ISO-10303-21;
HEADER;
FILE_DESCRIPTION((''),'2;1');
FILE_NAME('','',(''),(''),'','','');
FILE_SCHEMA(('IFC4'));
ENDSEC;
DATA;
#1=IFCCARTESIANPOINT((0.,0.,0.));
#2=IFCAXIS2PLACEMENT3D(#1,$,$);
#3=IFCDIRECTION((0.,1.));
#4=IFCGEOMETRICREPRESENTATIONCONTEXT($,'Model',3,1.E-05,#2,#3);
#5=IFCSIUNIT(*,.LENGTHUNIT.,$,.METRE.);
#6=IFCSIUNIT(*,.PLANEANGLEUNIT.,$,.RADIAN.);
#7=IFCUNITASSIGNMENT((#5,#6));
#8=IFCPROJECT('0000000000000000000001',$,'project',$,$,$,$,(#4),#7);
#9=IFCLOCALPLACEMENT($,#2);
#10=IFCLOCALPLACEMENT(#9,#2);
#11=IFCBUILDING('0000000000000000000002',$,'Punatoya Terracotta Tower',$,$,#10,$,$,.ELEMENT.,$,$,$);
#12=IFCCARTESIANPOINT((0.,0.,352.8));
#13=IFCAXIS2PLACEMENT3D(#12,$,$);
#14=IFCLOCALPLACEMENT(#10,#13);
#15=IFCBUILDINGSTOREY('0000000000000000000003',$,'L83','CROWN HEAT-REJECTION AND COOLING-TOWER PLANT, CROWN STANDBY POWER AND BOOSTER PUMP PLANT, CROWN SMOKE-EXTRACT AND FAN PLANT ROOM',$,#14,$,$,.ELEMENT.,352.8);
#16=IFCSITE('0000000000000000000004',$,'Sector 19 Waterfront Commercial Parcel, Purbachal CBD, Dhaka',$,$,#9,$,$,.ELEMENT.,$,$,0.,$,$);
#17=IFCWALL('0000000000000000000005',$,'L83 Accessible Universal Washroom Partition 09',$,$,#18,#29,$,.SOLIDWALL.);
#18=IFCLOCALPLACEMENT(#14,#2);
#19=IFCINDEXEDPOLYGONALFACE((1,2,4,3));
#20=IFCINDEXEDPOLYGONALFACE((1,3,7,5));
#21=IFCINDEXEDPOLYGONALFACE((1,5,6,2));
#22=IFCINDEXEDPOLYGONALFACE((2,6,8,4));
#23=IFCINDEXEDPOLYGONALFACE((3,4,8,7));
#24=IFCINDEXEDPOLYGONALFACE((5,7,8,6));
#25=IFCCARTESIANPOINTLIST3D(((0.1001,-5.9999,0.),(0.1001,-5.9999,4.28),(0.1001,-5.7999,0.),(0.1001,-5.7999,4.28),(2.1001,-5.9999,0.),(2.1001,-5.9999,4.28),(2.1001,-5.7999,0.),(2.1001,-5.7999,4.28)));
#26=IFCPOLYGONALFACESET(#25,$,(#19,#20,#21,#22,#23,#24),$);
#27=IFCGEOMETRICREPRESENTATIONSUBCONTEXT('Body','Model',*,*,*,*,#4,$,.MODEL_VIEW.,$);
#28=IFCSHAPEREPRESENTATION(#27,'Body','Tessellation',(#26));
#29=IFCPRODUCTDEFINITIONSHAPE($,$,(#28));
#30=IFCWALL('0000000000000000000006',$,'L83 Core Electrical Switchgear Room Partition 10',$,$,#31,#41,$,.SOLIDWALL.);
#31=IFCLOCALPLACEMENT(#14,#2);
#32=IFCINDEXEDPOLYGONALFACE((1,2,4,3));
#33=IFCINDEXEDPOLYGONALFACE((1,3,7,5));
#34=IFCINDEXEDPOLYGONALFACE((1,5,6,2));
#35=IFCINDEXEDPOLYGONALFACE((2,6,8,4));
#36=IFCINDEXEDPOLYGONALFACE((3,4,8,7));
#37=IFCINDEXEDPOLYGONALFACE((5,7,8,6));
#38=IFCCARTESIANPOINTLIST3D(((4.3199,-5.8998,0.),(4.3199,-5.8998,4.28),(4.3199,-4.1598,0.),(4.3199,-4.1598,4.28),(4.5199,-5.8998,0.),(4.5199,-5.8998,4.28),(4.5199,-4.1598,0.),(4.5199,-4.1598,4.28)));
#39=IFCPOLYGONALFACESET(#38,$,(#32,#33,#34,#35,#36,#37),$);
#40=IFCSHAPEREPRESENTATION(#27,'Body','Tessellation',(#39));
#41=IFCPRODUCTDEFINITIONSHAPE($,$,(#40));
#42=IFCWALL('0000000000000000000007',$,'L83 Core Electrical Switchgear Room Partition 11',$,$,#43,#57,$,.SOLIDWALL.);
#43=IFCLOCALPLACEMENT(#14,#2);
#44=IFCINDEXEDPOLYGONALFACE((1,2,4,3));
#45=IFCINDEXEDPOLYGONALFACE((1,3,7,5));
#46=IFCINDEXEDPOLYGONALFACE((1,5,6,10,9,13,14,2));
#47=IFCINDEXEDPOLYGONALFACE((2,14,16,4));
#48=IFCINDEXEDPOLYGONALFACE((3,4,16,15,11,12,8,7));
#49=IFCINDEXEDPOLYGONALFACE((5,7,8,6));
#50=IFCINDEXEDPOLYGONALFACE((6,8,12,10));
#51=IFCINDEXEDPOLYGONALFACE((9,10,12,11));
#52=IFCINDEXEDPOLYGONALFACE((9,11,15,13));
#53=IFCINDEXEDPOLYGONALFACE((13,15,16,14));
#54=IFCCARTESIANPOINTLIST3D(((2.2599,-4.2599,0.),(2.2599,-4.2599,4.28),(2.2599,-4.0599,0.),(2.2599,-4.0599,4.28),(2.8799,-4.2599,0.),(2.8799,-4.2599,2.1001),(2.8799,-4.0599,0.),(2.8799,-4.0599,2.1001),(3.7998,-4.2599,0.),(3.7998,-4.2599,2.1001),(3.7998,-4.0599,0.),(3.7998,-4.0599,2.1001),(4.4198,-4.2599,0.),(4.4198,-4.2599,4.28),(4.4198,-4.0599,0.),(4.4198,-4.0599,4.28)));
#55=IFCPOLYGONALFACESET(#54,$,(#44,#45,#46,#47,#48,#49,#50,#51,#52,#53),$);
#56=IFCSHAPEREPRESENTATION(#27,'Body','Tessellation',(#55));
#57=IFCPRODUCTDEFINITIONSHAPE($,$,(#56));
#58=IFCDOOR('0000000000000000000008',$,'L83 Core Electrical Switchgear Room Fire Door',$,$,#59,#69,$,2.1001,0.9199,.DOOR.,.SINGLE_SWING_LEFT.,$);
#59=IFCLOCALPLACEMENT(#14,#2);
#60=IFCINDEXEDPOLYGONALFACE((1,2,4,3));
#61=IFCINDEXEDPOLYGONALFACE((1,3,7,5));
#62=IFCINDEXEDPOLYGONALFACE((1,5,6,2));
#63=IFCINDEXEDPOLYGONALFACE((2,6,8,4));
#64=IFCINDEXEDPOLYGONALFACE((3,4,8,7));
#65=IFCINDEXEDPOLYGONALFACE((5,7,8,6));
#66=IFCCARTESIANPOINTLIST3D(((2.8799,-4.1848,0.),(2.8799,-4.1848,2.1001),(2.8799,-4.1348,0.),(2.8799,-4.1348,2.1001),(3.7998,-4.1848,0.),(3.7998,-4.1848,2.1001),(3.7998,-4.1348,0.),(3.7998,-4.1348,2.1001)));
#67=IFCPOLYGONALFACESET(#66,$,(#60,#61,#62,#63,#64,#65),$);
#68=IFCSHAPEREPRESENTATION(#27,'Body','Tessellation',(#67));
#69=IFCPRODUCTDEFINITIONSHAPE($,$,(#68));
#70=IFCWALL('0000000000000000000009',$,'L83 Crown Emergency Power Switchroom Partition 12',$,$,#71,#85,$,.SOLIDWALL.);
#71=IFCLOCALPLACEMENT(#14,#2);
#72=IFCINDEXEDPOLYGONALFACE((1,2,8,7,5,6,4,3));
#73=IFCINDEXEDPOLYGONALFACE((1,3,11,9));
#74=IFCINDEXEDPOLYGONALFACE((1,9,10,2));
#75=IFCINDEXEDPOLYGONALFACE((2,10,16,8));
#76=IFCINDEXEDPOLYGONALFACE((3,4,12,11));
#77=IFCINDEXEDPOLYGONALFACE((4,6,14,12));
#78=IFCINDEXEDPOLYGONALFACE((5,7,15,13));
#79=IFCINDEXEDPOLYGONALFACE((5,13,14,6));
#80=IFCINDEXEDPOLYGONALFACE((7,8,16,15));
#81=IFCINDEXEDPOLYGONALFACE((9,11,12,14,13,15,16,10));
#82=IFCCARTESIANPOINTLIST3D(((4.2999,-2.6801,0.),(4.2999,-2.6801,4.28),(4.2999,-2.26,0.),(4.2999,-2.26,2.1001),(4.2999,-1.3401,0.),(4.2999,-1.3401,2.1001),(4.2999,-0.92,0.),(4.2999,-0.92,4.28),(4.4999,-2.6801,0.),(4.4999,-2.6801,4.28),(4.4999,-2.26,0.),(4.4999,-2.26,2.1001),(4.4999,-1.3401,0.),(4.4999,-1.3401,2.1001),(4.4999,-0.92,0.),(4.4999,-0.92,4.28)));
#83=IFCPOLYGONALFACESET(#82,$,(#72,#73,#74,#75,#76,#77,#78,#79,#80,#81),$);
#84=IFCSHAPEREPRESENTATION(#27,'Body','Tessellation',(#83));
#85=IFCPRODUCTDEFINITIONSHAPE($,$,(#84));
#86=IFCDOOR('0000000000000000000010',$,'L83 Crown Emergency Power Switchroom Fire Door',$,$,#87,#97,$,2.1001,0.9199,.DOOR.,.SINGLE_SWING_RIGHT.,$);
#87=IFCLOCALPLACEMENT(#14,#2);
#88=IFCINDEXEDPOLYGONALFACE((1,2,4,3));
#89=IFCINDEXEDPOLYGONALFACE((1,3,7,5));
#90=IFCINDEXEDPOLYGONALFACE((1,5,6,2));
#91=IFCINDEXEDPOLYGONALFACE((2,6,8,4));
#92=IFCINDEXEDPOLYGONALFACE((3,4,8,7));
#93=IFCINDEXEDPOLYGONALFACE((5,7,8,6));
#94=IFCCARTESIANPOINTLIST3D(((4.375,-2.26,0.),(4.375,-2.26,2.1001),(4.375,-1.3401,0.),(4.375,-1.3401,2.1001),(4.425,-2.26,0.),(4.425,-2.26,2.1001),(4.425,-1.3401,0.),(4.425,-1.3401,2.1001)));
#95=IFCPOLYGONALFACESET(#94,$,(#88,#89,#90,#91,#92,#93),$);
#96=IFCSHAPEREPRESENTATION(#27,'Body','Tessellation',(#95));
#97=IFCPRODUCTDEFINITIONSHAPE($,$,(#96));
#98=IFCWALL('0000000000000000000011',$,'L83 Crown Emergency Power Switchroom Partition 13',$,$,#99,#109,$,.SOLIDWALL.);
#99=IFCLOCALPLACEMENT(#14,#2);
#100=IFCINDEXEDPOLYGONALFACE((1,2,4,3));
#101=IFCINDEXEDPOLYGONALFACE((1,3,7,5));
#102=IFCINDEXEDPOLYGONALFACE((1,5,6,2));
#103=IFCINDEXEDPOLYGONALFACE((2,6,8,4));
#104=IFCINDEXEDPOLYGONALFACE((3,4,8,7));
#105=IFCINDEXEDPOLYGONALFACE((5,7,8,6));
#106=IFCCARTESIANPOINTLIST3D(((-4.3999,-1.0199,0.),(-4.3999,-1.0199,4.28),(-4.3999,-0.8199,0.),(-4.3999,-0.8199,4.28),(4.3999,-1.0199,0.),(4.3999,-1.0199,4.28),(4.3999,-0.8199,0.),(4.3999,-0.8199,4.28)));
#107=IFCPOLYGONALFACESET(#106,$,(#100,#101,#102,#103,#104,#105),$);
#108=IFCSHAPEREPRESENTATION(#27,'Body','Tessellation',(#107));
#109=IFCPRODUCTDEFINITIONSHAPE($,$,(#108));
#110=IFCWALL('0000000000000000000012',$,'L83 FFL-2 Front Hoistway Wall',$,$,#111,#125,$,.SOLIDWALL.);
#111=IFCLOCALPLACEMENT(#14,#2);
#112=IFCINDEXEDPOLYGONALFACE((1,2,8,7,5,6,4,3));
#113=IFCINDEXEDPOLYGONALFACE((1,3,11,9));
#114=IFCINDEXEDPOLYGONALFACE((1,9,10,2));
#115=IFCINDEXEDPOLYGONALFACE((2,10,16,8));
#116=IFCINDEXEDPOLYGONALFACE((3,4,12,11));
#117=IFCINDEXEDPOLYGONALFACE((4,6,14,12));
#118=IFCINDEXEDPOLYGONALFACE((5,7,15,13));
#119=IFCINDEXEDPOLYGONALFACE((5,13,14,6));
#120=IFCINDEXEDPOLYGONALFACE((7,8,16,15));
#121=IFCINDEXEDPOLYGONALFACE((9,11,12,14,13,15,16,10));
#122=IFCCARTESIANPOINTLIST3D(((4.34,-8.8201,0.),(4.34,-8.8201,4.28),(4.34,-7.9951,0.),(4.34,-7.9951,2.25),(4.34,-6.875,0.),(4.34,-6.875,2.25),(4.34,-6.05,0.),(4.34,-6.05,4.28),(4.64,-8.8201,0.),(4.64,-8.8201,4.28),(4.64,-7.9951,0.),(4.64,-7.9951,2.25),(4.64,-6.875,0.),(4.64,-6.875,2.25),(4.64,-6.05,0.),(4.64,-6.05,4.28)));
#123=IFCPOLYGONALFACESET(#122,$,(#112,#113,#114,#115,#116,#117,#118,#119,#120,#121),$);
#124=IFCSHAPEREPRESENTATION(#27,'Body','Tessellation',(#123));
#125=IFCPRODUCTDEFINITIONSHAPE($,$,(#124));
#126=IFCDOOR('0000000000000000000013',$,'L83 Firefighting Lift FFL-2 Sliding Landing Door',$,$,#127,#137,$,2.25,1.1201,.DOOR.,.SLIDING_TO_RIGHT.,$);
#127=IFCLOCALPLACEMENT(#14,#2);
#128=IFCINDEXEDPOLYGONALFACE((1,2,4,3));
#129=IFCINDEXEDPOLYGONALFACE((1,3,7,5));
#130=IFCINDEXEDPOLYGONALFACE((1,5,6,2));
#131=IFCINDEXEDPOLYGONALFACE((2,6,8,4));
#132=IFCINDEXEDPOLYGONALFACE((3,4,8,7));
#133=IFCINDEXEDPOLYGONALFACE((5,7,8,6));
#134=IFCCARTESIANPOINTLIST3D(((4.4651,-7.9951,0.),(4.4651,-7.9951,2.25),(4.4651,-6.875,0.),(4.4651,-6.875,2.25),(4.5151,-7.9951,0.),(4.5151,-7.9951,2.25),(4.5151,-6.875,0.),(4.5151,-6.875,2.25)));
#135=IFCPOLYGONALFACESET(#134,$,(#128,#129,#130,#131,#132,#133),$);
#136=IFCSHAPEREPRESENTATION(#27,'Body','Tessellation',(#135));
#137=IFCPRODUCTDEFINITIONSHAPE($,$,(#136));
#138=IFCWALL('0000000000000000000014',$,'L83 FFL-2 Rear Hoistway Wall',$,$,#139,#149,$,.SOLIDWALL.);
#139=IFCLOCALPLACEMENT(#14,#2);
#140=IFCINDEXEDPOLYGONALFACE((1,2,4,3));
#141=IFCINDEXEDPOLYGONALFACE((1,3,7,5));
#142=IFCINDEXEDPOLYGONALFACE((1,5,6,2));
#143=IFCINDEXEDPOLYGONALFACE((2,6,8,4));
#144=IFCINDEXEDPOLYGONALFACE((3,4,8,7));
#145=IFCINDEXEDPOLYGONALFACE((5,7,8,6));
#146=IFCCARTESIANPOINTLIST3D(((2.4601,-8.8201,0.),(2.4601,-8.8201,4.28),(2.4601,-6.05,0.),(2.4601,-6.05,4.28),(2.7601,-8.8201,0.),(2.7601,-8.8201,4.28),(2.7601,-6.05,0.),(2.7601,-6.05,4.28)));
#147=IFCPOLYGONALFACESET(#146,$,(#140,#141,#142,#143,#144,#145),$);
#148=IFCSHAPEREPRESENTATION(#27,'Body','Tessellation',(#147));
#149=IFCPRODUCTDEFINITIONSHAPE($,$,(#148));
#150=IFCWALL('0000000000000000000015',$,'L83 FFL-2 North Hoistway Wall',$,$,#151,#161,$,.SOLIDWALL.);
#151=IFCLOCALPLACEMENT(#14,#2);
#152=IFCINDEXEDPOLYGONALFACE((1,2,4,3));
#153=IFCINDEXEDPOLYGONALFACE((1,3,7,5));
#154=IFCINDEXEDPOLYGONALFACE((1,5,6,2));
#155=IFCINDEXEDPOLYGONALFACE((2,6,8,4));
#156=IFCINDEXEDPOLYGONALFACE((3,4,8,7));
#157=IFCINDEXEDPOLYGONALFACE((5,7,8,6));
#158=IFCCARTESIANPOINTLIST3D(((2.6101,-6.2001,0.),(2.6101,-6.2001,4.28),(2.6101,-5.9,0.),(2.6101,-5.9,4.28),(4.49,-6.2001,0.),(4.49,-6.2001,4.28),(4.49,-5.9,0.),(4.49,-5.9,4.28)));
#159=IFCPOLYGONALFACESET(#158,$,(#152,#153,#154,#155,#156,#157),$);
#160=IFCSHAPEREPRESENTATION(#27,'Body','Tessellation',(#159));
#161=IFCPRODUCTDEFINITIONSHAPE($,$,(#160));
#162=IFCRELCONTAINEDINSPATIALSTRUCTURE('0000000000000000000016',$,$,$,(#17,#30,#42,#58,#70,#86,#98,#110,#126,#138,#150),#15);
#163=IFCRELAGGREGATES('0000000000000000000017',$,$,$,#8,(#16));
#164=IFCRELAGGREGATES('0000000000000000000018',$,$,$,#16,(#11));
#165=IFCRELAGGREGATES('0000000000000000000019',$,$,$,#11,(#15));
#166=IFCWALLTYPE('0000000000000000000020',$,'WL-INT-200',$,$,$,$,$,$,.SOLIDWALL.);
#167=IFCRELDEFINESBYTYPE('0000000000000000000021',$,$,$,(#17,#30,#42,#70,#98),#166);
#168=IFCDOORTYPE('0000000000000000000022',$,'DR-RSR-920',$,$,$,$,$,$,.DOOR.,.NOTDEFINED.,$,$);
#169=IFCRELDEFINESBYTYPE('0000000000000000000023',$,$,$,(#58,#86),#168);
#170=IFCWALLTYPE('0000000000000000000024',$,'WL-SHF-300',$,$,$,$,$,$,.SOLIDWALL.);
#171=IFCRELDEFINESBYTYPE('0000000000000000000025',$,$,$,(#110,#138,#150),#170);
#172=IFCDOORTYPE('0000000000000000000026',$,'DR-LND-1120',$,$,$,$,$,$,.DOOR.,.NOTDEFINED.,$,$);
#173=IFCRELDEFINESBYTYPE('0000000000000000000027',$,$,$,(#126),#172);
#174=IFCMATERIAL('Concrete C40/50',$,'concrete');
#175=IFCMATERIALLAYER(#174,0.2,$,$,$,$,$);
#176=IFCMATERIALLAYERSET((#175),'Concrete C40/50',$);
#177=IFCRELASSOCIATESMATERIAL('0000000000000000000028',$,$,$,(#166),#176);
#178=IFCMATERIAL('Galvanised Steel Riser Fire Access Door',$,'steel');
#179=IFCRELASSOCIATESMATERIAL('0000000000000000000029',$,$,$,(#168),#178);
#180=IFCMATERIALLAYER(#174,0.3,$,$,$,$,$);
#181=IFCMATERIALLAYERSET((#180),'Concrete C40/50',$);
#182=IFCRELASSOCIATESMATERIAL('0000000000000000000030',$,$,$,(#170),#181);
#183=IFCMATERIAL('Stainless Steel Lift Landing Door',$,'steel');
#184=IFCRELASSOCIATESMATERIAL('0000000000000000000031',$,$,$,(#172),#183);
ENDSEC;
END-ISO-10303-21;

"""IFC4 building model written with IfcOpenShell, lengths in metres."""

from ifc_helpers import new_model, si_unit, direction, frame, frame_2d, origin, place, context, subcontext, project, spatial, rectangle, extrude, material, layer, layer_set, type_object, element, fill, save


model = new_model("IFC4")

# Units and contexts
model_context = context("Model", 3, precision=1e-05, world=origin(), true_north=direction((0.0, 1.0)))
body_context = subcontext(model_context, "Body", "Model", "MODEL_VIEW")
ifc_project = project(units=[si_unit("LENGTHUNIT", "METRE"), si_unit("PLANEANGLEUNIT", "RADIAN")], contexts=[model_context])

# Site, building, storey
site_placement = place(None, origin())
site = spatial("IfcSite", under=ifc_project, at=site_placement, Name="Sector 19 Waterfront Commercial Parcel, Purbachal CBD, Dhaka", CompositionType="ELEMENT", RefElevation=0.0)
building_placement = place(site_placement, origin())
building = spatial("IfcBuilding", under=site, at=building_placement, Name="Punatoya Terracotta Tower", CompositionType="ELEMENT")
storey_placement = place(building_placement, frame((0.0, 0.0, 352.8)))
storey = spatial("IfcBuildingStorey", under=building, at=storey_placement, Name="L83", Description="CROWN HEAT-REJECTION AND COOLING-TOWER PLANT, CROWN STANDBY POWER AND BOOSTER PUMP PLANT, CROWN SMOKE-EXTRACT AND FAN PLANT ROOM", CompositionType="ELEMENT", Elevation=352.8)

# Shared definitions
ifc_material_1 = material(Name="Concrete C40/50", Category="concrete")

# Shared definitions
ifc_layer_1 = layer(ifc_material_1, 0.2)
ifc_layer_set_1 = layer_set([ifc_layer_1], Name="Concrete C40/50")
wall_type_1 = type_object("IfcWallType", Name="WL-INT-200", PredefinedType="SOLIDWALL", material=ifc_layer_set_1)

# Walls
wall_1_placement = place(storey_placement, frame((0.1001, -5.8999, 0.0), z_axis=(0.0, 0.0, 1.0), x_axis=(1.0, 0.0, 0.0)))
element("IfcWall", 1, at=wall_1_placement, inside=storey, type_object=wall_type_1, Name="L83 Accessible Universal Washroom Partition 09", PredefinedType="SOLIDWALL", context=body_context, shape_type="SweptSolid", body=[
    extrude(rectangle(XDim=2.0, YDim=0.2, at=frame_2d((1.0, 0.0))), origin(), (0.0, 0.0, 1.0), 4.28),
])
wall_2_placement = place(storey_placement, frame((4.4199, -5.8999, 0.0), z_axis=(0.0, 0.0, 1.0), x_axis=(0.0, 1.0, 0.0)))
element("IfcWall", 2, at=wall_2_placement, inside=storey, type_object=wall_type_1, Name="L83 Core Electrical Switchgear Room Partition 10", PredefinedType="SOLIDWALL", context=body_context, shape_type="SweptSolid", body=[
    extrude(rectangle(XDim=1.74, YDim=0.2, at=frame_2d((0.8701, 0.0))), origin(), (0.0, 0.0, 1.0), 4.28),
])

# Walls, openings, doors
wall_3_placement = place(storey_placement, frame((4.4199, -4.1599, 0.0), z_axis=(0.0, 0.0, 1.0), x_axis=(-1.0, 0.0, 0.0)))
wall_3 = element("IfcWall", 3, at=wall_3_placement, inside=storey, type_object=wall_type_1, Name="L83 Core Electrical Switchgear Room Partition 11", PredefinedType="SOLIDWALL", context=body_context, shape_type="SweptSolid", body=[
    extrude(rectangle(XDim=2.1599, YDim=0.2, at=frame_2d((1.0801, 0.0))), origin(), (0.0, 0.0, 1.0), 4.28),
])
opening_1_placement = place(wall_3_placement, frame((0.6201, 0.0, 0.0)))
opening_1 = element("IfcOpeningElement", 4, at=opening_1_placement, cuts=wall_3, PredefinedType="OPENING", context=body_context, shape_type="SweptSolid", body=[
    extrude(rectangle(XDim=0.9199, YDim=2.1001, at=frame_2d((0.46, 1.05))), frame((0.0, 0.1099, 0.0), z_axis=(0.0, -1.0, 0.0), x_axis=(1.0, 0.0, 0.0)), (0.0, 0.0, 1.0), 0.22),
])
ifc_material_2 = material(Name="Galvanised Steel Riser Fire Access Door", Category="steel")
door_type_1 = type_object("IfcDoorType", Name="DR-RSR-920", OperationType="NOTDEFINED", PredefinedType="DOOR", material=ifc_material_2)
door_1_placement = place(opening_1_placement, origin())
door_1 = element("IfcDoor", 5, at=door_1_placement, inside=storey, type_object=door_type_1, Name="L83 Core Electrical Switchgear Room Fire Door", OperationType="SINGLE_SWING_LEFT", OverallHeight=2.1001, OverallWidth=0.9199, PredefinedType="DOOR", context=body_context, shape_type="SweptSolid", body=[
    extrude(rectangle(XDim=0.9199, YDim=2.1001, at=frame_2d((0.46, 1.05))), frame((0.0, 0.0249, 0.0), z_axis=(0.0, -1.0, 0.0), x_axis=(1.0, 0.0, 0.0)), (0.0, 0.0, 1.0), 0.05),
])
fill(opening_1, door_1)
wall_4_placement = place(storey_placement, frame((4.3999, -2.6799, 0.0), z_axis=(0.0, 0.0, 1.0), x_axis=(0.0, 1.0, 0.0)))
wall_4 = element("IfcWall", 6, at=wall_4_placement, inside=storey, type_object=wall_type_1, Name="L83 Crown Emergency Power Switchroom Partition 12", PredefinedType="SOLIDWALL", context=body_context, shape_type="SweptSolid", body=[
    extrude(rectangle(XDim=1.76, YDim=0.2, at=frame_2d((0.8799, 0.0))), origin(), (0.0, 0.0, 1.0), 4.28),
])
opening_2_placement = place(wall_4_placement, frame((0.4199, 0.0, 0.0)))
opening_2 = element("IfcOpeningElement", 7, at=opening_2_placement, cuts=wall_4, PredefinedType="OPENING", context=body_context, shape_type="SweptSolid", body=[
    extrude(rectangle(XDim=0.9199, YDim=2.1001, at=frame_2d((0.46, 1.05))), frame((0.0, 0.1099, 0.0), z_axis=(0.0, -1.0, 0.0), x_axis=(1.0, 0.0, 0.0)), (0.0, 0.0, 1.0), 0.22),
])
door_2_placement = place(opening_2_placement, origin())
door_2 = element("IfcDoor", 8, at=door_2_placement, inside=storey, type_object=door_type_1, Name="L83 Crown Emergency Power Switchroom Fire Door", OperationType="SINGLE_SWING_RIGHT", OverallHeight=2.1001, OverallWidth=0.9199, PredefinedType="DOOR", context=body_context, shape_type="SweptSolid", body=[
    extrude(rectangle(XDim=0.9199, YDim=2.1001, at=frame_2d((0.46, 1.05))), frame((0.0, 0.0249, 0.0), z_axis=(0.0, -1.0, 0.0), x_axis=(1.0, 0.0, 0.0)), (0.0, 0.0, 1.0), 0.05),
])
fill(opening_2, door_2)

# Wall
wall_5_placement = place(storey_placement, frame((4.3999, -0.9199, 0.0), z_axis=(0.0, 0.0, 1.0), x_axis=(-1.0, 0.0, 0.0)))
element("IfcWall", 9, at=wall_5_placement, inside=storey, type_object=wall_type_1, Name="L83 Crown Emergency Power Switchroom Partition 13", PredefinedType="SOLIDWALL", context=body_context, shape_type="SweptSolid", body=[
    extrude(rectangle(XDim=8.7998, YDim=0.2, at=frame_2d((4.3999, 0.0))), origin(), (0.0, 0.0, 1.0), 4.28),
])

# Wall, opening, door
ifc_layer_2 = layer(ifc_material_1, 0.3)
ifc_layer_set_2 = layer_set([ifc_layer_2], Name="Concrete C40/50")
wall_type_2 = type_object("IfcWallType", Name="WL-SHF-300", PredefinedType="SOLIDWALL", material=ifc_layer_set_2)
wall_6_placement = place(storey_placement, frame((4.49, -8.8201, 0.0), z_axis=(0.0, 0.0, 1.0), x_axis=(0.0, 1.0, 0.0)))
wall_6 = element("IfcWall", 10, at=wall_6_placement, inside=storey, type_object=wall_type_2, Name="L83 FFL-2 Front Hoistway Wall", PredefinedType="SOLIDWALL", context=body_context, shape_type="SweptSolid", body=[
    extrude(rectangle(XDim=2.77, YDim=0.3, at=frame_2d((1.385, 0.0))), origin(), (0.0, 0.0, 1.0), 4.28),
])
opening_3_placement = place(wall_6_placement, frame((0.825, 0.0, 0.0)))
opening_3 = element("IfcOpeningElement", 11, at=opening_3_placement, cuts=wall_6, PredefinedType="OPENING", context=body_context, shape_type="SweptSolid", body=[
    extrude(rectangle(XDim=1.1201, YDim=2.25, at=frame_2d((0.5601, 1.125))), frame((0.0, 0.1599, 0.0), z_axis=(0.0, -1.0, 0.0), x_axis=(1.0, 0.0, 0.0)), (0.0, 0.0, 1.0), 0.3201),
])
ifc_material_3 = material(Name="Stainless Steel Lift Landing Door", Category="steel")
door_type_2 = type_object("IfcDoorType", Name="DR-LND-1120", OperationType="NOTDEFINED", PredefinedType="DOOR", material=ifc_material_3)
door_3_placement = place(opening_3_placement, origin())
door_3 = element("IfcDoor", 12, at=door_3_placement, inside=storey, type_object=door_type_2, Name="L83 Firefighting Lift FFL-2 Sliding Landing Door", OperationType="SLIDING_TO_RIGHT", OverallHeight=2.25, OverallWidth=1.1201, PredefinedType="DOOR", context=body_context, shape_type="SweptSolid", body=[
    extrude(rectangle(XDim=1.1201, YDim=2.25, at=frame_2d((0.5601, 1.125))), frame((0.0, 0.0249, 0.0), z_axis=(0.0, -1.0, 0.0), x_axis=(1.0, 0.0, 0.0)), (0.0, 0.0, 1.0), 0.05),
])
fill(opening_3, door_3)

# Walls
wall_7_placement = place(storey_placement, frame((2.6101, -8.8201, 0.0), z_axis=(0.0, 0.0, 1.0), x_axis=(0.0, 1.0, 0.0)))
element("IfcWall", 13, at=wall_7_placement, inside=storey, type_object=wall_type_2, Name="L83 FFL-2 Rear Hoistway Wall", PredefinedType="SOLIDWALL", context=body_context, shape_type="SweptSolid", body=[
    extrude(rectangle(XDim=2.77, YDim=0.3, at=frame_2d((1.385, 0.0))), origin(), (0.0, 0.0, 1.0), 4.28),
])
wall_8_placement = place(storey_placement, frame((2.6101, -6.05, 0.0), z_axis=(0.0, 0.0, 1.0), x_axis=(1.0, 0.0, 0.0)))
element("IfcWall", 14, at=wall_8_placement, inside=storey, type_object=wall_type_2, Name="L83 FFL-2 North Hoistway Wall", PredefinedType="SOLIDWALL", context=body_context, shape_type="SweptSolid", body=[
    extrude(rectangle(XDim=1.8799, YDim=0.3, at=frame_2d((0.9399, 0.0))), origin(), (0.0, 0.0, 1.0), 4.28),
])

save(model, "model.ifc")
